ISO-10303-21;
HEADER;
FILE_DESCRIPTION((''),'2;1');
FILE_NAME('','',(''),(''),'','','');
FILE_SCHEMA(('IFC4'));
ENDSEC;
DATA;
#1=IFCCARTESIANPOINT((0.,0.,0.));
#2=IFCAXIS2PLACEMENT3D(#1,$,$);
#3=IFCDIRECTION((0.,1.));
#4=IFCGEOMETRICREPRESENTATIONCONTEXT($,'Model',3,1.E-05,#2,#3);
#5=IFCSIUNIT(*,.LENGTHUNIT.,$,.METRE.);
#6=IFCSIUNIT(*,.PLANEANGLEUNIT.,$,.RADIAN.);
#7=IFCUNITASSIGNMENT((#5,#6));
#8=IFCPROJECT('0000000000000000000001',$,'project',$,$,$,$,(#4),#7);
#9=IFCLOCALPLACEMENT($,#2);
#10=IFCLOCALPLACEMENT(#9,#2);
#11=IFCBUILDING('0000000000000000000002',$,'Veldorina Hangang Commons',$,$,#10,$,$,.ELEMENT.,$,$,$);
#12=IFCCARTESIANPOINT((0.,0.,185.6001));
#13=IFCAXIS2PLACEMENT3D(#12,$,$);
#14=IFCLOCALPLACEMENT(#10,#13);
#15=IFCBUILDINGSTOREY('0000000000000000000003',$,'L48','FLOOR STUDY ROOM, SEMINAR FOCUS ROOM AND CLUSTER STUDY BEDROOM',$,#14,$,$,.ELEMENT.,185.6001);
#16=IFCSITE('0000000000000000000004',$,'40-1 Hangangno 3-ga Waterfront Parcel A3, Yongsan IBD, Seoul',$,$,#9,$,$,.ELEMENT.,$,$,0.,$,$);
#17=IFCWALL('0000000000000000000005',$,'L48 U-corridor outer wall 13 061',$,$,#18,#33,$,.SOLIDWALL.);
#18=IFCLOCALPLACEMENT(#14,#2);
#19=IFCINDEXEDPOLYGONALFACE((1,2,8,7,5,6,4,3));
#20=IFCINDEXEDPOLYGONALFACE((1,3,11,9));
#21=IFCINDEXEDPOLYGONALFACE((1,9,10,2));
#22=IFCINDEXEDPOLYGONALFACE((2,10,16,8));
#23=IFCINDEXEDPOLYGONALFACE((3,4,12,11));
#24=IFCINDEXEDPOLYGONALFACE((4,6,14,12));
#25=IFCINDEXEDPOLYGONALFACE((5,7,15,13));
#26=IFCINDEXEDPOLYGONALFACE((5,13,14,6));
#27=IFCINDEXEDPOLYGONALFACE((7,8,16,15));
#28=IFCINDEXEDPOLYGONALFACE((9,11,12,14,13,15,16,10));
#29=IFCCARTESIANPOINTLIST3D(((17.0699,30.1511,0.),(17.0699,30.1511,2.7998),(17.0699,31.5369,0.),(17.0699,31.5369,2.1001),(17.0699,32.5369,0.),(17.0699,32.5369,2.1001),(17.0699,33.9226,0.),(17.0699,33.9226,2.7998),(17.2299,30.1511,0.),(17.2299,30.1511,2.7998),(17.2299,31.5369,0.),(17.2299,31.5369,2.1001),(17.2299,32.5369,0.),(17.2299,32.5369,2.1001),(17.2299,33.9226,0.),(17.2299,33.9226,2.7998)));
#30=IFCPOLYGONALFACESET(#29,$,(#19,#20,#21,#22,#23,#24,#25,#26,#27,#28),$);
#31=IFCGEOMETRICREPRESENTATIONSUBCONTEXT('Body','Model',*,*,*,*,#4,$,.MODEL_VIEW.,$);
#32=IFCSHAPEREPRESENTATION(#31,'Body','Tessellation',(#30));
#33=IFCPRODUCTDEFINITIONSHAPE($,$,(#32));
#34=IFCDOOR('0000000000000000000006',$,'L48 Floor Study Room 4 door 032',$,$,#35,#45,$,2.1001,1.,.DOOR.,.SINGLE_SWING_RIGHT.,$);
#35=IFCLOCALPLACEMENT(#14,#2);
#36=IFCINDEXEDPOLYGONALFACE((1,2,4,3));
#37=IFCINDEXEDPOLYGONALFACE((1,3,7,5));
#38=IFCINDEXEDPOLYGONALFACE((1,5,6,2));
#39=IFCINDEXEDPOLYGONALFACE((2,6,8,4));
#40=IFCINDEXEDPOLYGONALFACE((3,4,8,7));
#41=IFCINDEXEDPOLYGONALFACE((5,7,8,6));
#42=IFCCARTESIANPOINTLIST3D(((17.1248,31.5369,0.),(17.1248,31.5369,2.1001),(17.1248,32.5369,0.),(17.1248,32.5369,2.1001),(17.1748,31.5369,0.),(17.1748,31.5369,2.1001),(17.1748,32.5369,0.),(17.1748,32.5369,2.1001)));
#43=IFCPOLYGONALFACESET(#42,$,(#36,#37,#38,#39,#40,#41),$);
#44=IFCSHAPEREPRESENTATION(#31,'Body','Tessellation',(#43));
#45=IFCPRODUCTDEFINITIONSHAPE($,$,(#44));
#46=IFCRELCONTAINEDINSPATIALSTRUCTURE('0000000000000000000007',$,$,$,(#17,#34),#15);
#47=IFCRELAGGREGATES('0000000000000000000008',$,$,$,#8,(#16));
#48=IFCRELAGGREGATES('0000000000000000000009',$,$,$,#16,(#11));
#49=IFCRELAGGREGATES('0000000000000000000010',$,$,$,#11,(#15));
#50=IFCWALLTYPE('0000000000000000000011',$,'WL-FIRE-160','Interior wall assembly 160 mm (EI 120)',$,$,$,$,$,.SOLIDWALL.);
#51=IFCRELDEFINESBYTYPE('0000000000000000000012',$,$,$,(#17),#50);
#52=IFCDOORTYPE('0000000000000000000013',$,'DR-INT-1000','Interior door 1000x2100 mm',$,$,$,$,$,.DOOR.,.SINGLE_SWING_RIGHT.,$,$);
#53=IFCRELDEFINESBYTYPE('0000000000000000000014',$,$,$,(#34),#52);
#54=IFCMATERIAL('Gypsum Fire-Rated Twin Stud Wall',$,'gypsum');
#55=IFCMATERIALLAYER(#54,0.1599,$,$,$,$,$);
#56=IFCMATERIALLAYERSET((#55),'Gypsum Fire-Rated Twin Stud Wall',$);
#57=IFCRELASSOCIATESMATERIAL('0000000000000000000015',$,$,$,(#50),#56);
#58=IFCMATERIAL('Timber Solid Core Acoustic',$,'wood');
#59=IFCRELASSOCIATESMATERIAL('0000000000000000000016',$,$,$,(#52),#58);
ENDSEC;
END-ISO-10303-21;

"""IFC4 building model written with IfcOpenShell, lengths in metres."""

from ifc_helpers import new_model, si_unit, direction, frame, frame_2d, origin, place, context, subcontext, project, spatial, rectangle, extrude, material, layer, layer_set, type_object, element, fill, save


model = new_model("IFC4")

# Units and contexts
model_context = context("Model", 3, precision=1e-05, world=origin(), true_north=direction((0.0, 1.0)))
body_context = subcontext(model_context, "Body", "Model", "MODEL_VIEW")
ifc_project = project(units=[si_unit("LENGTHUNIT", "METRE"), si_unit("PLANEANGLEUNIT", "RADIAN")], contexts=[model_context])

# Site, building, storey
site_placement = place(None, origin())
site = spatial("IfcSite", under=ifc_project, at=site_placement, Name="40-1 Hangangno 3-ga Waterfront Parcel A3, Yongsan IBD, Seoul", CompositionType="ELEMENT", RefElevation=0.0)
building_placement = place(site_placement, origin())
building = spatial("IfcBuilding", under=site, at=building_placement, Name="Veldorina Hangang Commons", CompositionType="ELEMENT")
storey_placement = place(building_placement, frame((0.0, 0.0, 185.6001)))
storey = spatial("IfcBuildingStorey", under=building, at=storey_placement, Name="L48", Description="FLOOR STUDY ROOM, SEMINAR FOCUS ROOM AND CLUSTER STUDY BEDROOM", CompositionType="ELEMENT", Elevation=185.6001)

# Shared definitions
ifc_material_1 = material(Name="Gypsum Fire-Rated Twin Stud Wall", Category="gypsum")
ifc_layer_1 = layer(ifc_material_1, 0.1599)
ifc_layer_set_1 = layer_set([ifc_layer_1], Name="Gypsum Fire-Rated Twin Stud Wall")
wall_type_1 = type_object("IfcWallType", Name="WL-FIRE-160", Description="Interior wall assembly 160 mm (EI 120)", PredefinedType="SOLIDWALL", material=ifc_layer_set_1)

# Wall, opening, door
wall_1_placement = place(storey_placement, frame((17.1499, 33.9226, 0.0), z_axis=(0.0, 0.0, 1.0), x_axis=(0.0, -1.0, 0.0)))
wall_1 = element("IfcWall", 1, at=wall_1_placement, inside=storey, type_object=wall_type_1, Name="L48 U-corridor outer wall 13 061", PredefinedType="SOLIDWALL", context=body_context, shape_type="SweptSolid", body=[
    extrude(rectangle(XDim=3.7715, YDim=0.1599, at=frame_2d((1.8857, 0.0))), origin(), (0.0, 0.0, 1.0), 2.7998),
])
opening_placement = place(wall_1_placement, frame((1.3857, 0.0, 0.0)))
opening = element("IfcOpeningElement", 2, at=opening_placement, cuts=wall_1, PredefinedType="OPENING", context=body_context, shape_type="SweptSolid", body=[
    extrude(rectangle(XDim=1.0, YDim=2.1001, at=frame_2d((0.5, 1.05))), frame((0.0, 0.0898, 0.0), z_axis=(0.0, -1.0, 0.0), x_axis=(1.0, 0.0, 0.0)), (0.0, 0.0, 1.0), 0.1799),
])
ifc_material_2 = material(Name="Timber Solid Core Acoustic", Category="wood")
door_type = type_object("IfcDoorType", Name="DR-INT-1000", Description="Interior door 1000x2100 mm", OperationType="SINGLE_SWING_RIGHT", PredefinedType="DOOR", material=ifc_material_2)
door_placement = place(opening_placement, origin())
door = element("IfcDoor", 3, at=door_placement, inside=storey, type_object=door_type, Name="L48 Floor Study Room 4 door 032", OperationType="SINGLE_SWING_RIGHT", OverallHeight=2.1001, OverallWidth=1.0, PredefinedType="DOOR", context=body_context, shape_type="SweptSolid", body=[
    extrude(rectangle(XDim=1.0, YDim=2.1001, at=frame_2d((0.5, 1.05))), frame((0.0, 0.0249, 0.0), z_axis=(0.0, -1.0, 0.0), x_axis=(1.0, 0.0, 0.0)), (0.0, 0.0, 1.0), 0.05),
])
fill(opening, door)

save(model, "model.ifc")
